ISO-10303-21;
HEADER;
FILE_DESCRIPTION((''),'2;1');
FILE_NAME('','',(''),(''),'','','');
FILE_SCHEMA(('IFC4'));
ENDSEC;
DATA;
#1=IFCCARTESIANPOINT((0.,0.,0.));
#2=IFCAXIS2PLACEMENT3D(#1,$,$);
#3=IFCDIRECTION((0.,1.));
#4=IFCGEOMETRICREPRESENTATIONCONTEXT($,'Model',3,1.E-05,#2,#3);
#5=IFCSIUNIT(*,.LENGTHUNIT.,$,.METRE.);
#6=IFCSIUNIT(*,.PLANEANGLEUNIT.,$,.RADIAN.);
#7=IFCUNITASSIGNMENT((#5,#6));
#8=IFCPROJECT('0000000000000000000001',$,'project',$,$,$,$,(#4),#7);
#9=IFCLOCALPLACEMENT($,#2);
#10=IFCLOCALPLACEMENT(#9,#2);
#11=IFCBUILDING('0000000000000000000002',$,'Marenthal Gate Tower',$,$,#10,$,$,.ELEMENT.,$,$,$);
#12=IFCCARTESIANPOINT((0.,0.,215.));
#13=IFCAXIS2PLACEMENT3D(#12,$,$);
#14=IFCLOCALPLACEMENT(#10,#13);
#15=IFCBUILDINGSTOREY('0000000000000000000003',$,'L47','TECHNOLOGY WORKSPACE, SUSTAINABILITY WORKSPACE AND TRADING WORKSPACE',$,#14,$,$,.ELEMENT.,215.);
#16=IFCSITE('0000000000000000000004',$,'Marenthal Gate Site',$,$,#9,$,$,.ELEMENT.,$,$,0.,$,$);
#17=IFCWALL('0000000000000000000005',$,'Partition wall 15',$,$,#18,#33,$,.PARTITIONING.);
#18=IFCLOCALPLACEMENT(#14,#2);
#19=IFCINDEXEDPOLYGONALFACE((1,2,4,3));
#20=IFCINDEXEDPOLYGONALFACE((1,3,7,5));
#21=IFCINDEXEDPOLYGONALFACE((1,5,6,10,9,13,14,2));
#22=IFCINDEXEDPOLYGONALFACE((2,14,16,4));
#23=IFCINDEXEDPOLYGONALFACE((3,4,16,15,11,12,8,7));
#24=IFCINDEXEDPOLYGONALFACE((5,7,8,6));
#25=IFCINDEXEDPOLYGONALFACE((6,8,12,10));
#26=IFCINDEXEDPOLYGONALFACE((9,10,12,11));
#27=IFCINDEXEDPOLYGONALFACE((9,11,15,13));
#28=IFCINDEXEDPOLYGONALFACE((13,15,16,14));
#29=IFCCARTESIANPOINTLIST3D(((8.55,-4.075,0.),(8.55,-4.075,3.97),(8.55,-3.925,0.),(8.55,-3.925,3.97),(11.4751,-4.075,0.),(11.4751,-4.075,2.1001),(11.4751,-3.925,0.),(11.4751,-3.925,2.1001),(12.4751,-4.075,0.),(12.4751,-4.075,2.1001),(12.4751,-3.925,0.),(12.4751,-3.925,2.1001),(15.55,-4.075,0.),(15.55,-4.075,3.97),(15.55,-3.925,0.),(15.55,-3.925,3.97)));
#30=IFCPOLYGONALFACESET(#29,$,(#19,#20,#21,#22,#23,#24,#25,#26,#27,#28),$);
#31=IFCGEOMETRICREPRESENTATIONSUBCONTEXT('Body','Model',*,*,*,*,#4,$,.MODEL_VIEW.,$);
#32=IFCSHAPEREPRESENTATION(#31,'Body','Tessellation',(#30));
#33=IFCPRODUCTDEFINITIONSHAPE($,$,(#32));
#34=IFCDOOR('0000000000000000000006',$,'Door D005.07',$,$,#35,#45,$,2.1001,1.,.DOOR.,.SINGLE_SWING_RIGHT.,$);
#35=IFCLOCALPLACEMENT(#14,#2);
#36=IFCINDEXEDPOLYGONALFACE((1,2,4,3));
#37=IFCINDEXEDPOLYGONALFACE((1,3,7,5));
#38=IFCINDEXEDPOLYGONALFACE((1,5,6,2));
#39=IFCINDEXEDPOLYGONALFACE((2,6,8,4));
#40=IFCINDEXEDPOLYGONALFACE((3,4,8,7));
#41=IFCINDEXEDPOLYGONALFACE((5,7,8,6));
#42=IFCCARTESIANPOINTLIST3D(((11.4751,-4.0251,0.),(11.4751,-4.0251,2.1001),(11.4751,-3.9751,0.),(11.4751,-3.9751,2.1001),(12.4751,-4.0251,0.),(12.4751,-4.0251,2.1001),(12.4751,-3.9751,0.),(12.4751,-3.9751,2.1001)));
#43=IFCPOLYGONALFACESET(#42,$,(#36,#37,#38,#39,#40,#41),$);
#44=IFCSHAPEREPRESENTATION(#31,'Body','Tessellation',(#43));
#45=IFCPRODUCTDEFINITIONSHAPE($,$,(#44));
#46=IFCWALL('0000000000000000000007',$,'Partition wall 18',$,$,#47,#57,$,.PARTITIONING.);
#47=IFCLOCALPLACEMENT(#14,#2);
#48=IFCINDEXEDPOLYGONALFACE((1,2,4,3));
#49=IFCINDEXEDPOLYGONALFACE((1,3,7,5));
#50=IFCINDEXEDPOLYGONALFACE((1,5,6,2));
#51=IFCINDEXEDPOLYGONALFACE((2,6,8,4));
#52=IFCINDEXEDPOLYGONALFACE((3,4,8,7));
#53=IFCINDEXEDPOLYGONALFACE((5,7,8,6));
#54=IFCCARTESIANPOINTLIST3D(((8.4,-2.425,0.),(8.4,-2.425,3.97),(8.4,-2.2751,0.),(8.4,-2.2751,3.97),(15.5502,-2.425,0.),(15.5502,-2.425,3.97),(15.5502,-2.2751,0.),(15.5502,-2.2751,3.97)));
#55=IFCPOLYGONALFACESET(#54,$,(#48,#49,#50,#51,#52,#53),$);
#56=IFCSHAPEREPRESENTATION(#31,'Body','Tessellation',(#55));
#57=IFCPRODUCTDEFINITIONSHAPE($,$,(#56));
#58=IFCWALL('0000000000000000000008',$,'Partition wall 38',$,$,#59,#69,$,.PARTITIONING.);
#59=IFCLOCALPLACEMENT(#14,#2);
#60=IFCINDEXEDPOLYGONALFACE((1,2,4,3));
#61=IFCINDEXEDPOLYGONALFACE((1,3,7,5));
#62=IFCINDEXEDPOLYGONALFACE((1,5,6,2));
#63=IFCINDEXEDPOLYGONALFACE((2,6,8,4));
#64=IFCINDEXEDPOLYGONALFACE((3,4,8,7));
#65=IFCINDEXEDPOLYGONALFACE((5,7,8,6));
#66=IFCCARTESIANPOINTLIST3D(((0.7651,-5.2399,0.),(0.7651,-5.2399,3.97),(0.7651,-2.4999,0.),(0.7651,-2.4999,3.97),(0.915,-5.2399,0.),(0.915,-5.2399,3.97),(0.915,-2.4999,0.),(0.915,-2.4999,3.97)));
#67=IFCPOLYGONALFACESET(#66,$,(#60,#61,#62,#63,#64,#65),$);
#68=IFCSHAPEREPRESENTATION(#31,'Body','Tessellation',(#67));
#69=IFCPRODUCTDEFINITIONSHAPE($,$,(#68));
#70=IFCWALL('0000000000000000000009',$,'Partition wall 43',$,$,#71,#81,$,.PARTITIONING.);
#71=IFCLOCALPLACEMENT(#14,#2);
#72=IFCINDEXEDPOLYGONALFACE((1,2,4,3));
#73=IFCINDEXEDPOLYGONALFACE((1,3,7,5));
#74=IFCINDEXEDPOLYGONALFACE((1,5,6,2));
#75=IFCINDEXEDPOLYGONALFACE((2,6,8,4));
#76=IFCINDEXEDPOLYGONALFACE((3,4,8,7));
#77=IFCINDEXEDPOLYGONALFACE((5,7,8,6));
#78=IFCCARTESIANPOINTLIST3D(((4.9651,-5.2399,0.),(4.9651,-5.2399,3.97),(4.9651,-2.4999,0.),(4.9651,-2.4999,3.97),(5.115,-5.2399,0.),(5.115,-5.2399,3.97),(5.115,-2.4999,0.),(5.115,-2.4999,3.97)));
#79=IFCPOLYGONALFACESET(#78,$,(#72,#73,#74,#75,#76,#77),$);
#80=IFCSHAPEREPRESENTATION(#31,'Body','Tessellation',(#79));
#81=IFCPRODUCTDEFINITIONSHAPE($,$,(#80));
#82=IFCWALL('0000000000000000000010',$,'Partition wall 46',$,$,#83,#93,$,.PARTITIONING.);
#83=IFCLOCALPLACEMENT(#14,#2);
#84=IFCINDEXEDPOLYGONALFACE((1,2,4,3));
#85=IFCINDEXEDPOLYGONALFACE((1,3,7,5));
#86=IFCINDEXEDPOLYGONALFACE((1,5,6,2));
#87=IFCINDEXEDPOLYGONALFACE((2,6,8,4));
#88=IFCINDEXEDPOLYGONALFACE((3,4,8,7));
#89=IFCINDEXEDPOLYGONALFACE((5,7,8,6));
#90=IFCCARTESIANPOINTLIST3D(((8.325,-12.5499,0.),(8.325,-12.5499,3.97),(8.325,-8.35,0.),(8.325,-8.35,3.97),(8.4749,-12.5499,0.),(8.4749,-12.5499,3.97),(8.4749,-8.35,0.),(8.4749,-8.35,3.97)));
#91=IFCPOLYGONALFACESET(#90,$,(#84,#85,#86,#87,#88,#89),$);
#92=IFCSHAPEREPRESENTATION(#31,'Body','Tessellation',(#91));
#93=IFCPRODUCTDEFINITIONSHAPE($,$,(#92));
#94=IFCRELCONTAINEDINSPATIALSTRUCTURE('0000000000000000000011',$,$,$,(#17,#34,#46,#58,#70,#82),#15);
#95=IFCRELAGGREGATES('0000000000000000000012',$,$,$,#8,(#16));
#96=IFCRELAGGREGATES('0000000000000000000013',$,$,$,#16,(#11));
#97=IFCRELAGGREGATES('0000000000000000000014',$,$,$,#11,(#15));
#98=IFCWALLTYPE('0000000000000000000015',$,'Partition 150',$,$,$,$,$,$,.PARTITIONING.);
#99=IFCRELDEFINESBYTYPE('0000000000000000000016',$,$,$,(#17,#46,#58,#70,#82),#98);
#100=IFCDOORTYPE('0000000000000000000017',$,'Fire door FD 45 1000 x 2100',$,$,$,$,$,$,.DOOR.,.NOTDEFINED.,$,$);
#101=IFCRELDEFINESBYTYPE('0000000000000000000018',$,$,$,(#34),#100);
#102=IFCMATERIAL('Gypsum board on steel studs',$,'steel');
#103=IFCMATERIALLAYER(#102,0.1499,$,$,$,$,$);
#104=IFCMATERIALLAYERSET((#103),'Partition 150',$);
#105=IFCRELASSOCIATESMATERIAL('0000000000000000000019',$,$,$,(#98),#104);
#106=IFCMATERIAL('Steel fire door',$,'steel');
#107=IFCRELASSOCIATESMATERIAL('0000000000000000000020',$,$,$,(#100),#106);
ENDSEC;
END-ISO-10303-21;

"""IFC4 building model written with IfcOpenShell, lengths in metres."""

from ifc_helpers import new_model, si_unit, direction, frame, frame_2d, origin, place, context, subcontext, project, spatial, rectangle, extrude, material, layer, layer_set, type_object, element, fill, save


model = new_model("IFC4")

# Units and contexts
model_context = context("Model", 3, precision=1e-05, world=origin(), true_north=direction((0.0, 1.0)))
body_context = subcontext(model_context, "Body", "Model", "MODEL_VIEW")
ifc_project = project(units=[si_unit("LENGTHUNIT", "METRE"), si_unit("PLANEANGLEUNIT", "RADIAN")], contexts=[model_context])

# Site, building, storey
site_placement = place(None, origin())
site = spatial("IfcSite", under=ifc_project, at=site_placement, Name="Marenthal Gate Site", CompositionType="ELEMENT", RefElevation=0.0)
building_placement = place(site_placement, origin())
building = spatial("IfcBuilding", under=site, at=building_placement, Name="Marenthal Gate Tower", CompositionType="ELEMENT")
storey_placement = place(building_placement, frame((0.0, 0.0, 215.0)))
storey = spatial("IfcBuildingStorey", under=building, at=storey_placement, Name="L47", Description="TECHNOLOGY WORKSPACE, SUSTAINABILITY WORKSPACE AND TRADING WORKSPACE", CompositionType="ELEMENT", Elevation=215.0)

# Wall, opening, door
ifc_material_1 = material(Name="Gypsum board on steel studs", Category="steel")
ifc_layer_1 = layer(ifc_material_1, 0.1499)
ifc_layer_set_1 = layer_set([ifc_layer_1], Name="Partition 150")
wall_type_1 = type_object("IfcWallType", Name="Partition 150", PredefinedType="PARTITIONING", material=ifc_layer_set_1)
ifc_material_2 = material(Name="Steel fire door", Category="steel")
door_type_1 = type_object("IfcDoorType", Name="Fire door FD 45 1000 x 2100", OperationType="NOTDEFINED", PredefinedType="DOOR", material=ifc_material_2)
wall_1_placement = place(storey_placement, frame((8.55, -4.0, 0.0), z_axis=(0.0, 0.0, 1.0), x_axis=(1.0, 0.0, 0.0)))
wall_1 = element("IfcWall", 1, at=wall_1_placement, inside=storey, type_object=wall_type_1, Name="Partition wall 15", PredefinedType="PARTITIONING", context=body_context, shape_type="SweptSolid", body=[
    extrude(rectangle(XDim=7.0, YDim=0.1499, at=frame_2d((3.5, 0.0))), origin(), (0.0, 0.0, 1.0), 3.97),
])
opening_1_placement = place(wall_1_placement, frame((2.925, 0.0, 0.0)))
opening_1 = element("IfcOpeningElement", 2, at=opening_1_placement, cuts=wall_1, PredefinedType="OPENING", context=body_context, shape_type="SweptSolid", body=[
    extrude(rectangle(XDim=1.0, YDim=2.1001, at=frame_2d((0.5, 1.05))), frame((0.0, 0.085, 0.0), z_axis=(0.0, -1.0, 0.0), x_axis=(1.0, 0.0, 0.0)), (0.0, 0.0, 1.0), 0.1699),
])
door_1_placement = place(opening_1_placement, origin())
door_1 = element("IfcDoor", 3, at=door_1_placement, inside=storey, type_object=door_type_1, Name="Door D005.07", OperationType="SINGLE_SWING_RIGHT", OverallHeight=2.1001, OverallWidth=1.0, PredefinedType="DOOR", context=body_context, shape_type="SweptSolid", body=[
    extrude(rectangle(XDim=1.0, YDim=2.1001, at=frame_2d((0.5, 1.05))), frame((0.0, 0.0249, 0.0), z_axis=(0.0, -1.0, 0.0), x_axis=(1.0, 0.0, 0.0)), (0.0, 0.0, 1.0), 0.05),
])
fill(opening_1, door_1)

# Walls
wall_2_placement = place(storey_placement, frame((8.3999, -2.3501, 0.0), z_axis=(0.0, 0.0, 1.0), x_axis=(1.0, 0.0, 0.0)))
element("IfcWall", 4, at=wall_2_placement, inside=storey, type_object=wall_type_1, Name="Partition wall 18", PredefinedType="PARTITIONING", context=body_context, shape_type="SweptSolid", body=[
    extrude(rectangle(XDim=7.1501, YDim=0.1499, at=frame_2d((3.5752, 0.0))), origin(), (0.0, 0.0, 1.0), 3.97),
])
for number, where, z_axis, x_axis, name in (
    (5, (0.8401, -5.24, 0.0), (0.0, 0.0, 1.0), (0.0, 1.0, 0.0), "Partition wall 38"),
    (6, (5.04, -5.24, 0.0), (0.0, 0.0, 1.0), (0.0, 1.0, 0.0), "Partition wall 43"),
):
    element("IfcWall", number, at=place(storey_placement, frame(where, z_axis=z_axis, x_axis=x_axis)), inside=storey, type_object=wall_type_1, Name=name, PredefinedType="PARTITIONING", context=body_context, shape_type="SweptSolid", body=[
        extrude(rectangle(XDim=2.74, YDim=0.1499, at=frame_2d((1.3701, 0.0))), origin(), (0.0, 0.0, 1.0), 3.97),
    ])
wall_3_placement = place(storey_placement, frame((8.3999, -12.55, 0.0), z_axis=(0.0, 0.0, 1.0), x_axis=(0.0, 1.0, 0.0)))
element("IfcWall", 7, at=wall_3_placement, inside=storey, type_object=wall_type_1, Name="Partition wall 46", PredefinedType="PARTITIONING", context=body_context, shape_type="SweptSolid", body=[
    extrude(rectangle(XDim=4.2, YDim=0.1499, at=frame_2d((2.1001, 0.0))), origin(), (0.0, 0.0, 1.0), 3.97),
])

save(model, "model.ifc")
